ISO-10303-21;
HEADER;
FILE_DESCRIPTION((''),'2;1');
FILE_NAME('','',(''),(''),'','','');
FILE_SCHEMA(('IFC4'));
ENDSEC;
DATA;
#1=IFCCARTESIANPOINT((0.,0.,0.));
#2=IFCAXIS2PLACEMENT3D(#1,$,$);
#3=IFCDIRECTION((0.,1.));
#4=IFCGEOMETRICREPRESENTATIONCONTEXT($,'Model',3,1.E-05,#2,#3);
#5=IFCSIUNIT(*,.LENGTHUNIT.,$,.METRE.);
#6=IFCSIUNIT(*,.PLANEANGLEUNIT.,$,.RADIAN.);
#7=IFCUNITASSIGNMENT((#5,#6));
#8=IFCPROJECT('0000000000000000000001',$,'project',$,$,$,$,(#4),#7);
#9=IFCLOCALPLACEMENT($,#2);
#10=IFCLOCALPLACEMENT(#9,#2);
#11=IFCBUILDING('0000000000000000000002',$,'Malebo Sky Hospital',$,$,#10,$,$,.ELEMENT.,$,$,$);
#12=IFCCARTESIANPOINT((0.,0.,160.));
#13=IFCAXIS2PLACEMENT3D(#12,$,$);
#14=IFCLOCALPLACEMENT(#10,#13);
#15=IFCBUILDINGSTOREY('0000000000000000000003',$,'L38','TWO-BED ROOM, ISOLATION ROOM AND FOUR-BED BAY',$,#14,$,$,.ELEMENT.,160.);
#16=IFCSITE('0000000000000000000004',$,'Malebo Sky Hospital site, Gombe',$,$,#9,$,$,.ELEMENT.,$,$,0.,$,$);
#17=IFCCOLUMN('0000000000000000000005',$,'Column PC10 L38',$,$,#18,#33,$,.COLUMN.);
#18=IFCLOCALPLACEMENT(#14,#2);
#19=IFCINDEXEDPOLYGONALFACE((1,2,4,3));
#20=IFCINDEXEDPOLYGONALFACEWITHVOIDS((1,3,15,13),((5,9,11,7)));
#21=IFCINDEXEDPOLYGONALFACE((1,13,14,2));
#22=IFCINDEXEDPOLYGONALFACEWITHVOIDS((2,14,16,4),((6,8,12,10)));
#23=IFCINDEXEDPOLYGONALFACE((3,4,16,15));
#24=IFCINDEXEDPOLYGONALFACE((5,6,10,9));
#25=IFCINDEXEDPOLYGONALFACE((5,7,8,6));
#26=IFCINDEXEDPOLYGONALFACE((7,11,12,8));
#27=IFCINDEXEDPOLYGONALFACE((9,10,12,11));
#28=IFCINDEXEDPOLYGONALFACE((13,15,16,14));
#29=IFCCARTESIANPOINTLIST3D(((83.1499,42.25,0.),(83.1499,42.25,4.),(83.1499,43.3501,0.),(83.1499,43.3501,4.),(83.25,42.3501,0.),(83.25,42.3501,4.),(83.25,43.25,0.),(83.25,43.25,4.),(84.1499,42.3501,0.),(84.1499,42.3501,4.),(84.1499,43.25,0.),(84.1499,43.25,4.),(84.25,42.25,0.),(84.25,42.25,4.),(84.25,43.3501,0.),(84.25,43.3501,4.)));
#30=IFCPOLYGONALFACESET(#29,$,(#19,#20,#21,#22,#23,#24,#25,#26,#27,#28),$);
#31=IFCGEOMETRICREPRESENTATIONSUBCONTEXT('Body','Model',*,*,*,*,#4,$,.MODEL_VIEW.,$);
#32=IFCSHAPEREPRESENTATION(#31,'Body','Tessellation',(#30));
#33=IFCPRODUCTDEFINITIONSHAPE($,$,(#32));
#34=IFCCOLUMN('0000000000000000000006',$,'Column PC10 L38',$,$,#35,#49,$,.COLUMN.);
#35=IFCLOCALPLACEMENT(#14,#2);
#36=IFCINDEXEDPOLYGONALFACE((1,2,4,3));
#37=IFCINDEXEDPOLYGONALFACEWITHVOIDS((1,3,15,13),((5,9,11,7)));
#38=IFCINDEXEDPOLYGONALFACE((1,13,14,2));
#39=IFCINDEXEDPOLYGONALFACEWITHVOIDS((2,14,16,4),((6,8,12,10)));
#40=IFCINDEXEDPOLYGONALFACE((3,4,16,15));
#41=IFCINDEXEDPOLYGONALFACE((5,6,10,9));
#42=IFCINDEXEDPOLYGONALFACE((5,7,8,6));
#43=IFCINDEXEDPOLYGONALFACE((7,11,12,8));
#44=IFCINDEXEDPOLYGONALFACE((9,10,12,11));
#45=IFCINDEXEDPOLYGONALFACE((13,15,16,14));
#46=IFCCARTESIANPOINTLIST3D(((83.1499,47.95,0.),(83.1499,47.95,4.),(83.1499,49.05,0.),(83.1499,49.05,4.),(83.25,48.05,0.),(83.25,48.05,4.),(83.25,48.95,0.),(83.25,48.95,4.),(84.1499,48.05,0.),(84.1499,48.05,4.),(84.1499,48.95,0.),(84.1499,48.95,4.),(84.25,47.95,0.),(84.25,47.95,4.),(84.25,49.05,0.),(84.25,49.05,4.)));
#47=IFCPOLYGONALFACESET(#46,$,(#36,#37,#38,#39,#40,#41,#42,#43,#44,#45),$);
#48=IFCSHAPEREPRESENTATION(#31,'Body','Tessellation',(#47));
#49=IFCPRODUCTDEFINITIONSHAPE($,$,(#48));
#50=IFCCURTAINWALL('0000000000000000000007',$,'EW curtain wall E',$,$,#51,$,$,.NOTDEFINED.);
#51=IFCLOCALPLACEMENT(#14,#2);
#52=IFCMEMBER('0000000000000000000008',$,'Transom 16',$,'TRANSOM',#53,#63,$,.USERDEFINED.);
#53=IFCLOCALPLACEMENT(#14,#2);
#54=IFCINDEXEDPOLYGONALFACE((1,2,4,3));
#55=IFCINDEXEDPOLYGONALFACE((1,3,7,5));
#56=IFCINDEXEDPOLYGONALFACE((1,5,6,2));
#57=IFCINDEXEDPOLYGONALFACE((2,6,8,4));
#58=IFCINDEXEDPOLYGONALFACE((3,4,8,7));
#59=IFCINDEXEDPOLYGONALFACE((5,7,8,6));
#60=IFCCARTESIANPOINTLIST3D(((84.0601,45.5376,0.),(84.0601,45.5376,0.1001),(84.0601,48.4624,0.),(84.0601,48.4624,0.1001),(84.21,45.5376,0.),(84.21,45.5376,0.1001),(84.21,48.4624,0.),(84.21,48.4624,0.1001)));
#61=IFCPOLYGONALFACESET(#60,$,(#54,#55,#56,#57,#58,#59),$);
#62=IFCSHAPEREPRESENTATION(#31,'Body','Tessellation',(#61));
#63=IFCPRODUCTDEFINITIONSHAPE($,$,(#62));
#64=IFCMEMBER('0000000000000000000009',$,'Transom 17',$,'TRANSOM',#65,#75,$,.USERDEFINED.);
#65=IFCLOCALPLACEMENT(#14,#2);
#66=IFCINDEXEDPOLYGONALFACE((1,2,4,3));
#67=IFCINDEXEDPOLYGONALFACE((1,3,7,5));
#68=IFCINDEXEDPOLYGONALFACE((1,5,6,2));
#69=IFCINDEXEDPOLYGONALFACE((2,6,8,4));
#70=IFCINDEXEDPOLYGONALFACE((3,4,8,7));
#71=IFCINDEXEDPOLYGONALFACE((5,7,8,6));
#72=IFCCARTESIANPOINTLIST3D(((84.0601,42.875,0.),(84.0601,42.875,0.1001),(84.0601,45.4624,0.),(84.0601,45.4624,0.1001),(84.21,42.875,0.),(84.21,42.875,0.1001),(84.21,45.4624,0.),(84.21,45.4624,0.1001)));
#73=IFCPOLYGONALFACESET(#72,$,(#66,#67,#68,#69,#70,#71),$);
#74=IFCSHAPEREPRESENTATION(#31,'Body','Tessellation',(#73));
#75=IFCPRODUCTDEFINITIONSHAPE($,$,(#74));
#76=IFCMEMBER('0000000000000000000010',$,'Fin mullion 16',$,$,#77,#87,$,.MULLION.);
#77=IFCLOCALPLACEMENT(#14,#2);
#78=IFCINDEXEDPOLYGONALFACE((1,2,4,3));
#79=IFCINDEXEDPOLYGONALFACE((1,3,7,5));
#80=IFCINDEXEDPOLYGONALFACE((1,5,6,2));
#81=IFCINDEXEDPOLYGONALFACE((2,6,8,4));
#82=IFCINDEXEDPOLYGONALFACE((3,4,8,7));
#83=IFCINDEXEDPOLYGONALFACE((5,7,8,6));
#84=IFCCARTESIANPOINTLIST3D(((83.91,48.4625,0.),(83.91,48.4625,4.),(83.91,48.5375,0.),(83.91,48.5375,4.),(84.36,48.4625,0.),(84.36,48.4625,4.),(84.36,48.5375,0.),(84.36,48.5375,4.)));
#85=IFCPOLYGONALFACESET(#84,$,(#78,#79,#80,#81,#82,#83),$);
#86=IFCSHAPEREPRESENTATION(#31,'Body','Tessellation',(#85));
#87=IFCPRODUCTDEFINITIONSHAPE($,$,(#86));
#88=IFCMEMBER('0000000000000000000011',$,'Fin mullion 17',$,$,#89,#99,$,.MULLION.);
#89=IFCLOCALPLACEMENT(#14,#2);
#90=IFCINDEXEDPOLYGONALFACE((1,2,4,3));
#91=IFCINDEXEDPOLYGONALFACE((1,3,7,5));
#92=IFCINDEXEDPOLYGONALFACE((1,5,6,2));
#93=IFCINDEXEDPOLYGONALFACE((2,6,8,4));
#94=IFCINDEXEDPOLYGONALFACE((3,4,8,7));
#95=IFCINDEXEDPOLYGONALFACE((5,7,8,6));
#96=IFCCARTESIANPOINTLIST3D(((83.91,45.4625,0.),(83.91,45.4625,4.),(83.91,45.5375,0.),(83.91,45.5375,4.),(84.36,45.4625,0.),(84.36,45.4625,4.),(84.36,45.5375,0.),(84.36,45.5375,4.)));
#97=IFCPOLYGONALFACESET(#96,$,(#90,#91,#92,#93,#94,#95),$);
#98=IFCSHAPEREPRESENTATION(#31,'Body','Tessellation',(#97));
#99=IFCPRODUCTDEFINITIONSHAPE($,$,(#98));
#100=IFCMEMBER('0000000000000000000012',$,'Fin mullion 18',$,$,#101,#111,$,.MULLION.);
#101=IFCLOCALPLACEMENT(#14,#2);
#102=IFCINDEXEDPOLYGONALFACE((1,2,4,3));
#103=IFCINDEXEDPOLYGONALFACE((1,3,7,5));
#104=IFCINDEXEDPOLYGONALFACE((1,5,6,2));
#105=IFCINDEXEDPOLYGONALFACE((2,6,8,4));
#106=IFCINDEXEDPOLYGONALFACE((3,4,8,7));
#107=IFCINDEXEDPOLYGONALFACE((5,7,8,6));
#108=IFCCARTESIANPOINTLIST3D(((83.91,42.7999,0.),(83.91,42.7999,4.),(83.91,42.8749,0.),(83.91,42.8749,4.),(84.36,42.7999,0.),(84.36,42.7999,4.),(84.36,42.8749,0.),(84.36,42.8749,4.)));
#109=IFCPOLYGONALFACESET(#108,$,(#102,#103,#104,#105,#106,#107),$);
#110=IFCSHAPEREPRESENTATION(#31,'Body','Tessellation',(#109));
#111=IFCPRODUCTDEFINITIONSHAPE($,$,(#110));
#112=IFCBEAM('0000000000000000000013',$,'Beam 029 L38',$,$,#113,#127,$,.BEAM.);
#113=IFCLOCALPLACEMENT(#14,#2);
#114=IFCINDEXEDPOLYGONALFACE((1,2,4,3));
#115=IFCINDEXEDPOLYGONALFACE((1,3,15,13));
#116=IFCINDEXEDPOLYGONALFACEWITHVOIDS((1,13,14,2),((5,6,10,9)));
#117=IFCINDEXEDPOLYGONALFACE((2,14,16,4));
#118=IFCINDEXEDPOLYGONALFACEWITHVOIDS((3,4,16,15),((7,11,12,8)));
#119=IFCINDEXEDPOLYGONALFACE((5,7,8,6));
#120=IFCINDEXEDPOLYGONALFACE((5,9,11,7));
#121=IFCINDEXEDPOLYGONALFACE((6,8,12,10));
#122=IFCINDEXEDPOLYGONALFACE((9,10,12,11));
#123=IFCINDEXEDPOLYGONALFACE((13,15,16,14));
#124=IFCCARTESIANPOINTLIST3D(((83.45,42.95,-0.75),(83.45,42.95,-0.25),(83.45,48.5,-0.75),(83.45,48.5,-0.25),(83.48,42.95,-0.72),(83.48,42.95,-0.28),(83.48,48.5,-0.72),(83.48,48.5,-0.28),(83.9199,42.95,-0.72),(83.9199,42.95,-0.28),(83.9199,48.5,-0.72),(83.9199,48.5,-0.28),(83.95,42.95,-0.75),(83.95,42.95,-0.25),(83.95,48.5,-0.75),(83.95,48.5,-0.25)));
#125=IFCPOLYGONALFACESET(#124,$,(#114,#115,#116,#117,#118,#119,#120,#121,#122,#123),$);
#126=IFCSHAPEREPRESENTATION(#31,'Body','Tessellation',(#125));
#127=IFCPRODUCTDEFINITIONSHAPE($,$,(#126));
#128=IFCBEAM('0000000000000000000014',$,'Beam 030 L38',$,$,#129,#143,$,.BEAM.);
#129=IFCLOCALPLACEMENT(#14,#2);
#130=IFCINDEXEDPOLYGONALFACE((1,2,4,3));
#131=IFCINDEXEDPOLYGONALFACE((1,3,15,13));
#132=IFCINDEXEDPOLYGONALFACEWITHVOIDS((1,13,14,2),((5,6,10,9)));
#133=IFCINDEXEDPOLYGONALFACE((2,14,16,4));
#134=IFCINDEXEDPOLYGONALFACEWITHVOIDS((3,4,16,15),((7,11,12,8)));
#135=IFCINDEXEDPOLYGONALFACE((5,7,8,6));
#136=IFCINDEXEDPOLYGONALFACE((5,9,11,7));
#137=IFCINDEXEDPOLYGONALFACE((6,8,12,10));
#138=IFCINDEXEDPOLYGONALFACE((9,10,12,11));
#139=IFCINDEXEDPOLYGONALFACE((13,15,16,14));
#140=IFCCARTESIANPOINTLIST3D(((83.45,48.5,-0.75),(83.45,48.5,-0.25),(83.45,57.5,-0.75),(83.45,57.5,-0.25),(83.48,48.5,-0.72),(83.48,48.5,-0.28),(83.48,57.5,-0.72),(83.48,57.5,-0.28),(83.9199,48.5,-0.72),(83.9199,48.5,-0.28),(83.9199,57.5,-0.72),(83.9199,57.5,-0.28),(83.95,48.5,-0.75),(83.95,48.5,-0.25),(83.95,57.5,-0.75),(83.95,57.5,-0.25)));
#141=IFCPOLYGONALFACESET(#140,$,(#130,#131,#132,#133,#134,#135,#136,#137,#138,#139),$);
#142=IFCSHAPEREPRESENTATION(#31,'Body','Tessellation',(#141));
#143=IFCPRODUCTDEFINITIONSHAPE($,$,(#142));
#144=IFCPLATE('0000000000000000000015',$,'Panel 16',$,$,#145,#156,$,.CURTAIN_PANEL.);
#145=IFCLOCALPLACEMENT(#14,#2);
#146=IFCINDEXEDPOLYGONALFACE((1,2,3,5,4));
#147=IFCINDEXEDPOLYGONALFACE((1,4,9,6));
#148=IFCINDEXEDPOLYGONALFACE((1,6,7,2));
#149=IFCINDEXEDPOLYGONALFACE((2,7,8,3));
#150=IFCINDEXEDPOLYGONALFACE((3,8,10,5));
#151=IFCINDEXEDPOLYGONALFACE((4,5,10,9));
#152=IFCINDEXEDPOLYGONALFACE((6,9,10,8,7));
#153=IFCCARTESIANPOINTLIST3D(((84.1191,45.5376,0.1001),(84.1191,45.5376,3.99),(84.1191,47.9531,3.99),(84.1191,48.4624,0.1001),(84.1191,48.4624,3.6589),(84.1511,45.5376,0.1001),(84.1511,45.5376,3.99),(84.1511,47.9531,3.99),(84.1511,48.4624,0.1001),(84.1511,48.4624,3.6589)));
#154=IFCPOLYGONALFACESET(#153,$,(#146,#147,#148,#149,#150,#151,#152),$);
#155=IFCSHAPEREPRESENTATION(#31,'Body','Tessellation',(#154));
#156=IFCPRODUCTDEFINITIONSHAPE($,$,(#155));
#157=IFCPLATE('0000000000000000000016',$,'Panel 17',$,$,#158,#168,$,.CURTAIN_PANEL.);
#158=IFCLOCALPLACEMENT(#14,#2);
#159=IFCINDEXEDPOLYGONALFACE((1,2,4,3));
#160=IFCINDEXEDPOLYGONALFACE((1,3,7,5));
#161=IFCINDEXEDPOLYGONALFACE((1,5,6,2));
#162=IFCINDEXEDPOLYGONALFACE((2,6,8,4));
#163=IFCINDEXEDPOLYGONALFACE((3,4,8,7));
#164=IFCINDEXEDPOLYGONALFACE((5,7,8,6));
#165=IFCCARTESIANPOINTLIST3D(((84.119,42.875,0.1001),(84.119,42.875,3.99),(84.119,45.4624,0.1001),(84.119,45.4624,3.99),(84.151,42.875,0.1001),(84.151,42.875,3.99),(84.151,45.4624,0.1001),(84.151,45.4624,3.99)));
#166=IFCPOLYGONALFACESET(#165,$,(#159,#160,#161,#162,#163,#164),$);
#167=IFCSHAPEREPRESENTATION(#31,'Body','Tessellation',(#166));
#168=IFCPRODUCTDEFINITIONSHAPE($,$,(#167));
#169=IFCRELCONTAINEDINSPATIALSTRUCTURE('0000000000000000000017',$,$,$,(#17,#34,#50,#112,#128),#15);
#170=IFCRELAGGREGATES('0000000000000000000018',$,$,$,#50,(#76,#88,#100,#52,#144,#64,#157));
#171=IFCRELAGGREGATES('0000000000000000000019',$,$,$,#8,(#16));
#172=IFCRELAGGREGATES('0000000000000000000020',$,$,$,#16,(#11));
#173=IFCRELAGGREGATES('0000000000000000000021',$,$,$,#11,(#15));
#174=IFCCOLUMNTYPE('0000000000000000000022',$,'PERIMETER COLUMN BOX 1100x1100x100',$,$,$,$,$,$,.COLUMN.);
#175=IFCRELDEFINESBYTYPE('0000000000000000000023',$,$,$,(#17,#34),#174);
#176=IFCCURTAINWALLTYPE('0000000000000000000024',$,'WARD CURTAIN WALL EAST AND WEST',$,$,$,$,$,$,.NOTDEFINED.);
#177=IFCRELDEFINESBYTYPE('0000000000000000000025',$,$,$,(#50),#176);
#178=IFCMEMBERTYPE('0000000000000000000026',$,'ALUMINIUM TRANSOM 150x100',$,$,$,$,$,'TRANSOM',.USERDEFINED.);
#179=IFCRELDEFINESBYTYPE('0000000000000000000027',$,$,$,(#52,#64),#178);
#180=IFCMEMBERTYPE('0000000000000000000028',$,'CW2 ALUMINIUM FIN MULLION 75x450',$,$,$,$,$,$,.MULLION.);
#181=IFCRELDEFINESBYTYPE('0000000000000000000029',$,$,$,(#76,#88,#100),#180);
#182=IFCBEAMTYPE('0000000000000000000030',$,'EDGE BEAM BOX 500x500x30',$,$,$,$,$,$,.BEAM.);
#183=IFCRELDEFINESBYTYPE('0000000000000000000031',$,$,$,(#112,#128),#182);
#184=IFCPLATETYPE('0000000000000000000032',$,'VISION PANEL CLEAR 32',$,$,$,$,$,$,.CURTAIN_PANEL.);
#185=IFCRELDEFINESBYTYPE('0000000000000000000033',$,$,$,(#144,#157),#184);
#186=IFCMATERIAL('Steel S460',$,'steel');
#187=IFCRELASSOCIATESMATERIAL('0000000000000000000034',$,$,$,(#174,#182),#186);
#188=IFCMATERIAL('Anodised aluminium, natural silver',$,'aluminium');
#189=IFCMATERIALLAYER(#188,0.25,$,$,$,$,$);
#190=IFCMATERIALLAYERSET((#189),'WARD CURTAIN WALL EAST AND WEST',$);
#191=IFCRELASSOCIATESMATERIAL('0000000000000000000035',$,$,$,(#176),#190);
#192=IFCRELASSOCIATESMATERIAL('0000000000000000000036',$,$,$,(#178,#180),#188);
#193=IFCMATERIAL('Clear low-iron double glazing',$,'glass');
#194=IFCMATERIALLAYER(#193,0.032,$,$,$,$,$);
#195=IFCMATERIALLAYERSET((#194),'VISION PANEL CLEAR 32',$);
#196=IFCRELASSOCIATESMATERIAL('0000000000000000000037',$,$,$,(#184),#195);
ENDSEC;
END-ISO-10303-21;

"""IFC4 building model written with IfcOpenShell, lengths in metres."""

from ifc_helpers import new_model, si_unit, direction, frame, origin, origin_2d, place, context, subcontext, project, spatial, polyline, rectangle, hollow_rectangle, outline, extrude, material, layer, layer_set, material_profile, profile_set, type_object, element, aggregate, save


model = new_model("IFC4")

# Units and contexts
model_context = context("Model", 3, precision=1e-05, world=origin(), true_north=direction((0.0, 1.0)))
body_context = subcontext(model_context, "Body", "Model", "MODEL_VIEW")
ifc_project = project(units=[si_unit("LENGTHUNIT", "METRE"), si_unit("PLANEANGLEUNIT", "RADIAN")], contexts=[model_context])

# Site, building, storey
site_placement = place(None, origin())
site = spatial("IfcSite", under=ifc_project, at=site_placement, Name="Malebo Sky Hospital site, Gombe", CompositionType="ELEMENT", RefElevation=0.0)
building_placement = place(site_placement, origin())
building = spatial("IfcBuilding", under=site, at=building_placement, Name="Malebo Sky Hospital", CompositionType="ELEMENT")
storey_placement = place(building_placement, frame((0.0, 0.0, 160.0)))
storey = spatial("IfcBuildingStorey", under=building, at=storey_placement, Name="L38", Description="TWO-BED ROOM, ISOLATION ROOM AND FOUR-BED BAY", CompositionType="ELEMENT", Elevation=160.0)

# Columns
ifc_material_1 = material(Name="Steel S460", Category="steel")
ifc_material_profile_1 = material_profile(ifc_material_1, hollow_rectangle(XDim=1.1001, YDim=1.1001, WallThickness=0.1001, at=origin_2d()), Name="BOX 1100x1100x100")
ifc_profile_set_1 = profile_set([ifc_material_profile_1], Name="Steel S460")
column_type = type_object("IfcColumnType", Name="PERIMETER COLUMN BOX 1100x1100x100", PredefinedType="COLUMN", material=ifc_profile_set_1)
for number, where, z_axis, x_axis, name in (
    (1, (83.7, 42.8, 0.0), (0.0, 0.0, 1.0), (1.0, 0.0, 0.0), "Column PC10 L38"),
    (2, (83.7, 48.5, 0.0), (0.0, 0.0, 1.0), (1.0, 0.0, 0.0), "Column PC10 L38"),
):
    element("IfcColumn", number, at=place(storey_placement, frame(where, z_axis=z_axis, x_axis=x_axis)), inside=storey, type_object=column_type, Name=name, PredefinedType="COLUMN", context=body_context, shape_type="SweptSolid", body=[
        extrude(hollow_rectangle(XDim=1.1001, YDim=1.1001, WallThickness=0.1001, at=origin_2d()), origin(), (0.0, 0.0, 1.0), 4.0),
    ])

# Curtain wall, members
ifc_material_2 = material(Name="Anodised aluminium, natural silver", Category="aluminium")
ifc_layer_1 = layer(ifc_material_2, 0.25)
ifc_layer_set_1 = layer_set([ifc_layer_1], Name="WARD CURTAIN WALL EAST AND WEST")
curtain_wall_type = type_object("IfcCurtainWallType", Name="WARD CURTAIN WALL EAST AND WEST", PredefinedType="NOTDEFINED", material=ifc_layer_set_1)
curtain_wall_placement = place(storey_placement, origin())
curtain_wall = element("IfcCurtainWall", 3, at=curtain_wall_placement, inside=storey, type_object=curtain_wall_type, Name="EW curtain wall E", PredefinedType="NOTDEFINED")
ifc_material_profile_2 = material_profile(ifc_material_2, rectangle(XDim=0.1499, YDim=0.1001, at=origin_2d()), Name="ALUMINIUM TRANSOM 150x100")
ifc_profile_set_2 = profile_set([ifc_material_profile_2], Name="Anodised aluminium, natural silver")
member_type_1 = type_object("IfcMemberType", Name="ALUMINIUM TRANSOM 150x100", ElementType="TRANSOM", PredefinedType="USERDEFINED", material=ifc_profile_set_2)
member_1_placement = place(storey_placement, frame((84.135, 48.4624, 0.05), z_axis=(0.0, -1.0, 0.0), x_axis=(1.0, 0.0, 0.0)))
member_1 = element("IfcMember", 4, at=member_1_placement, type_object=member_type_1, Name="Transom 16", ObjectType="TRANSOM", PredefinedType="USERDEFINED", context=body_context, shape_type="SweptSolid", body=[
    extrude(rectangle(XDim=0.1499, YDim=0.1001, at=origin_2d()), origin(), (0.0, 0.0, 1.0), 2.9248),
])
member_2_placement = place(storey_placement, frame((84.135, 45.4624, 0.05), z_axis=(0.0, -1.0, 0.0), x_axis=(1.0, 0.0, 0.0)))
member_2 = element("IfcMember", 5, at=member_2_placement, type_object=member_type_1, Name="Transom 17", ObjectType="TRANSOM", PredefinedType="USERDEFINED", context=body_context, shape_type="SweptSolid", body=[
    extrude(rectangle(XDim=0.1499, YDim=0.1001, at=origin_2d()), origin(), (0.0, 0.0, 1.0), 2.5874),
])
ifc_material_profile_3 = material_profile(ifc_material_2, rectangle(XDim=0.075, YDim=0.45, at=origin_2d()), Name="CW2 ALUMINIUM FIN MULLION 75x450")
ifc_profile_set_3 = profile_set([ifc_material_profile_3], Name="Anodised aluminium, natural silver")
member_type_2 = type_object("IfcMemberType", Name="CW2 ALUMINIUM FIN MULLION 75x450", PredefinedType="MULLION", material=ifc_profile_set_3)
member_3_placement = place(storey_placement, frame((84.135, 48.5, 0.0), z_axis=(0.0, 0.0, 1.0), x_axis=(0.0, -1.0, 0.0)))
member_3 = element("IfcMember", 6, at=member_3_placement, type_object=member_type_2, Name="Fin mullion 16", PredefinedType="MULLION", context=body_context, shape_type="SweptSolid", body=[
    extrude(rectangle(XDim=0.075, YDim=0.45, at=origin_2d()), origin(), (0.0, 0.0, 1.0), 4.0),
])
member_4_placement = place(storey_placement, frame((84.135, 45.5, 0.0), z_axis=(0.0, 0.0, 1.0), x_axis=(0.0, -1.0, 0.0)))
member_4 = element("IfcMember", 7, at=member_4_placement, type_object=member_type_2, Name="Fin mullion 17", PredefinedType="MULLION", context=body_context, shape_type="SweptSolid", body=[
    extrude(rectangle(XDim=0.075, YDim=0.45, at=origin_2d()), origin(), (0.0, 0.0, 1.0), 4.0),
])
member_5_placement = place(storey_placement, frame((84.135, 42.8374, 0.0), z_axis=(0.0, 0.0, 1.0), x_axis=(0.0, -1.0, 0.0)))
member_5 = element("IfcMember", 8, at=member_5_placement, type_object=member_type_2, Name="Fin mullion 18", PredefinedType="MULLION", context=body_context, shape_type="SweptSolid", body=[
    extrude(rectangle(XDim=0.075, YDim=0.45, at=origin_2d()), origin(), (0.0, 0.0, 1.0), 4.0),
])

# Beams
ifc_material_profile_4 = material_profile(ifc_material_1, hollow_rectangle(XDim=0.5, YDim=0.5, WallThickness=0.03, at=origin_2d()), Name="BOX 500x500x30")
ifc_profile_set_4 = profile_set([ifc_material_profile_4], Name="Steel S460")
beam_type = type_object("IfcBeamType", Name="EDGE BEAM BOX 500x500x30", PredefinedType="BEAM", material=ifc_profile_set_4)
beam_1_placement = place(storey_placement, frame((83.7, 42.95, -0.5), z_axis=(0.0, 1.0, 0.0), x_axis=(-1.0, 0.0, 0.0)))
element("IfcBeam", 9, at=beam_1_placement, inside=storey, type_object=beam_type, Name="Beam 029 L38", PredefinedType="BEAM", context=body_context, shape_type="SweptSolid", body=[
    extrude(hollow_rectangle(XDim=0.5, YDim=0.5, WallThickness=0.03, at=origin_2d()), origin(), (0.0, 0.0, 1.0), 5.55),
])
beam_2_placement = place(storey_placement, frame((83.7, 48.5, -0.5), z_axis=(0.0, 1.0, 0.0), x_axis=(-1.0, 0.0, 0.0)))
element("IfcBeam", 10, at=beam_2_placement, inside=storey, type_object=beam_type, Name="Beam 030 L38", PredefinedType="BEAM", context=body_context, shape_type="SweptSolid", body=[
    extrude(hollow_rectangle(XDim=0.5, YDim=0.5, WallThickness=0.03, at=origin_2d()), origin(), (0.0, 0.0, 1.0), 9.0),
])

# Plates
ifc_material_3 = material(Name="Clear low-iron double glazing", Category="glass")
ifc_layer_2 = layer(ifc_material_3, 0.032)
ifc_layer_set_2 = layer_set([ifc_layer_2], Name="VISION PANEL CLEAR 32")
plate_type = type_object("IfcPlateType", Name="VISION PANEL CLEAR 32", PredefinedType="CURTAIN_PANEL", material=ifc_layer_set_2)
plate_1_placement = place(storey_placement, frame((84.135, 47.0, 0.1001), z_axis=(0.0, 0.0, 1.0), x_axis=(0.0, -1.0, 0.0)))
plate_1 = element("IfcPlate", 11, at=plate_1_placement, type_object=plate_type, Name="Panel 16", PredefinedType="CURTAIN_PANEL", context=body_context, shape_type="SweptSolid", body=[
    extrude(outline(polyline([(-1.4624, 0.0), (1.4624, 0.0), (1.4624, 3.8899), (-0.9531, 3.8899), (-1.4624, 3.5588), (-1.4624, 0.0)])), frame((0.0, 0.0161, 0.0), z_axis=(0.0, -1.0, 0.0), x_axis=(1.0, 0.0, 0.0)), (0.0, 0.0, 1.0), 0.032),
])
plate_2_placement = place(storey_placement, frame((84.135, 44.1687, 0.1001), z_axis=(0.0, 0.0, 1.0), x_axis=(0.0, -1.0, 0.0)))
plate_2 = element("IfcPlate", 12, at=plate_2_placement, type_object=plate_type, Name="Panel 17", PredefinedType="CURTAIN_PANEL", context=body_context, shape_type="SweptSolid", body=[
    extrude(rectangle(XDim=2.5874, YDim=0.032, at=origin_2d()), origin(), (0.0, 0.0, 1.0), 3.8899),
])
aggregate(curtain_wall, [member_3, member_4, member_5, member_1, plate_1, member_2, plate_2])

save(model, "model.ifc")
